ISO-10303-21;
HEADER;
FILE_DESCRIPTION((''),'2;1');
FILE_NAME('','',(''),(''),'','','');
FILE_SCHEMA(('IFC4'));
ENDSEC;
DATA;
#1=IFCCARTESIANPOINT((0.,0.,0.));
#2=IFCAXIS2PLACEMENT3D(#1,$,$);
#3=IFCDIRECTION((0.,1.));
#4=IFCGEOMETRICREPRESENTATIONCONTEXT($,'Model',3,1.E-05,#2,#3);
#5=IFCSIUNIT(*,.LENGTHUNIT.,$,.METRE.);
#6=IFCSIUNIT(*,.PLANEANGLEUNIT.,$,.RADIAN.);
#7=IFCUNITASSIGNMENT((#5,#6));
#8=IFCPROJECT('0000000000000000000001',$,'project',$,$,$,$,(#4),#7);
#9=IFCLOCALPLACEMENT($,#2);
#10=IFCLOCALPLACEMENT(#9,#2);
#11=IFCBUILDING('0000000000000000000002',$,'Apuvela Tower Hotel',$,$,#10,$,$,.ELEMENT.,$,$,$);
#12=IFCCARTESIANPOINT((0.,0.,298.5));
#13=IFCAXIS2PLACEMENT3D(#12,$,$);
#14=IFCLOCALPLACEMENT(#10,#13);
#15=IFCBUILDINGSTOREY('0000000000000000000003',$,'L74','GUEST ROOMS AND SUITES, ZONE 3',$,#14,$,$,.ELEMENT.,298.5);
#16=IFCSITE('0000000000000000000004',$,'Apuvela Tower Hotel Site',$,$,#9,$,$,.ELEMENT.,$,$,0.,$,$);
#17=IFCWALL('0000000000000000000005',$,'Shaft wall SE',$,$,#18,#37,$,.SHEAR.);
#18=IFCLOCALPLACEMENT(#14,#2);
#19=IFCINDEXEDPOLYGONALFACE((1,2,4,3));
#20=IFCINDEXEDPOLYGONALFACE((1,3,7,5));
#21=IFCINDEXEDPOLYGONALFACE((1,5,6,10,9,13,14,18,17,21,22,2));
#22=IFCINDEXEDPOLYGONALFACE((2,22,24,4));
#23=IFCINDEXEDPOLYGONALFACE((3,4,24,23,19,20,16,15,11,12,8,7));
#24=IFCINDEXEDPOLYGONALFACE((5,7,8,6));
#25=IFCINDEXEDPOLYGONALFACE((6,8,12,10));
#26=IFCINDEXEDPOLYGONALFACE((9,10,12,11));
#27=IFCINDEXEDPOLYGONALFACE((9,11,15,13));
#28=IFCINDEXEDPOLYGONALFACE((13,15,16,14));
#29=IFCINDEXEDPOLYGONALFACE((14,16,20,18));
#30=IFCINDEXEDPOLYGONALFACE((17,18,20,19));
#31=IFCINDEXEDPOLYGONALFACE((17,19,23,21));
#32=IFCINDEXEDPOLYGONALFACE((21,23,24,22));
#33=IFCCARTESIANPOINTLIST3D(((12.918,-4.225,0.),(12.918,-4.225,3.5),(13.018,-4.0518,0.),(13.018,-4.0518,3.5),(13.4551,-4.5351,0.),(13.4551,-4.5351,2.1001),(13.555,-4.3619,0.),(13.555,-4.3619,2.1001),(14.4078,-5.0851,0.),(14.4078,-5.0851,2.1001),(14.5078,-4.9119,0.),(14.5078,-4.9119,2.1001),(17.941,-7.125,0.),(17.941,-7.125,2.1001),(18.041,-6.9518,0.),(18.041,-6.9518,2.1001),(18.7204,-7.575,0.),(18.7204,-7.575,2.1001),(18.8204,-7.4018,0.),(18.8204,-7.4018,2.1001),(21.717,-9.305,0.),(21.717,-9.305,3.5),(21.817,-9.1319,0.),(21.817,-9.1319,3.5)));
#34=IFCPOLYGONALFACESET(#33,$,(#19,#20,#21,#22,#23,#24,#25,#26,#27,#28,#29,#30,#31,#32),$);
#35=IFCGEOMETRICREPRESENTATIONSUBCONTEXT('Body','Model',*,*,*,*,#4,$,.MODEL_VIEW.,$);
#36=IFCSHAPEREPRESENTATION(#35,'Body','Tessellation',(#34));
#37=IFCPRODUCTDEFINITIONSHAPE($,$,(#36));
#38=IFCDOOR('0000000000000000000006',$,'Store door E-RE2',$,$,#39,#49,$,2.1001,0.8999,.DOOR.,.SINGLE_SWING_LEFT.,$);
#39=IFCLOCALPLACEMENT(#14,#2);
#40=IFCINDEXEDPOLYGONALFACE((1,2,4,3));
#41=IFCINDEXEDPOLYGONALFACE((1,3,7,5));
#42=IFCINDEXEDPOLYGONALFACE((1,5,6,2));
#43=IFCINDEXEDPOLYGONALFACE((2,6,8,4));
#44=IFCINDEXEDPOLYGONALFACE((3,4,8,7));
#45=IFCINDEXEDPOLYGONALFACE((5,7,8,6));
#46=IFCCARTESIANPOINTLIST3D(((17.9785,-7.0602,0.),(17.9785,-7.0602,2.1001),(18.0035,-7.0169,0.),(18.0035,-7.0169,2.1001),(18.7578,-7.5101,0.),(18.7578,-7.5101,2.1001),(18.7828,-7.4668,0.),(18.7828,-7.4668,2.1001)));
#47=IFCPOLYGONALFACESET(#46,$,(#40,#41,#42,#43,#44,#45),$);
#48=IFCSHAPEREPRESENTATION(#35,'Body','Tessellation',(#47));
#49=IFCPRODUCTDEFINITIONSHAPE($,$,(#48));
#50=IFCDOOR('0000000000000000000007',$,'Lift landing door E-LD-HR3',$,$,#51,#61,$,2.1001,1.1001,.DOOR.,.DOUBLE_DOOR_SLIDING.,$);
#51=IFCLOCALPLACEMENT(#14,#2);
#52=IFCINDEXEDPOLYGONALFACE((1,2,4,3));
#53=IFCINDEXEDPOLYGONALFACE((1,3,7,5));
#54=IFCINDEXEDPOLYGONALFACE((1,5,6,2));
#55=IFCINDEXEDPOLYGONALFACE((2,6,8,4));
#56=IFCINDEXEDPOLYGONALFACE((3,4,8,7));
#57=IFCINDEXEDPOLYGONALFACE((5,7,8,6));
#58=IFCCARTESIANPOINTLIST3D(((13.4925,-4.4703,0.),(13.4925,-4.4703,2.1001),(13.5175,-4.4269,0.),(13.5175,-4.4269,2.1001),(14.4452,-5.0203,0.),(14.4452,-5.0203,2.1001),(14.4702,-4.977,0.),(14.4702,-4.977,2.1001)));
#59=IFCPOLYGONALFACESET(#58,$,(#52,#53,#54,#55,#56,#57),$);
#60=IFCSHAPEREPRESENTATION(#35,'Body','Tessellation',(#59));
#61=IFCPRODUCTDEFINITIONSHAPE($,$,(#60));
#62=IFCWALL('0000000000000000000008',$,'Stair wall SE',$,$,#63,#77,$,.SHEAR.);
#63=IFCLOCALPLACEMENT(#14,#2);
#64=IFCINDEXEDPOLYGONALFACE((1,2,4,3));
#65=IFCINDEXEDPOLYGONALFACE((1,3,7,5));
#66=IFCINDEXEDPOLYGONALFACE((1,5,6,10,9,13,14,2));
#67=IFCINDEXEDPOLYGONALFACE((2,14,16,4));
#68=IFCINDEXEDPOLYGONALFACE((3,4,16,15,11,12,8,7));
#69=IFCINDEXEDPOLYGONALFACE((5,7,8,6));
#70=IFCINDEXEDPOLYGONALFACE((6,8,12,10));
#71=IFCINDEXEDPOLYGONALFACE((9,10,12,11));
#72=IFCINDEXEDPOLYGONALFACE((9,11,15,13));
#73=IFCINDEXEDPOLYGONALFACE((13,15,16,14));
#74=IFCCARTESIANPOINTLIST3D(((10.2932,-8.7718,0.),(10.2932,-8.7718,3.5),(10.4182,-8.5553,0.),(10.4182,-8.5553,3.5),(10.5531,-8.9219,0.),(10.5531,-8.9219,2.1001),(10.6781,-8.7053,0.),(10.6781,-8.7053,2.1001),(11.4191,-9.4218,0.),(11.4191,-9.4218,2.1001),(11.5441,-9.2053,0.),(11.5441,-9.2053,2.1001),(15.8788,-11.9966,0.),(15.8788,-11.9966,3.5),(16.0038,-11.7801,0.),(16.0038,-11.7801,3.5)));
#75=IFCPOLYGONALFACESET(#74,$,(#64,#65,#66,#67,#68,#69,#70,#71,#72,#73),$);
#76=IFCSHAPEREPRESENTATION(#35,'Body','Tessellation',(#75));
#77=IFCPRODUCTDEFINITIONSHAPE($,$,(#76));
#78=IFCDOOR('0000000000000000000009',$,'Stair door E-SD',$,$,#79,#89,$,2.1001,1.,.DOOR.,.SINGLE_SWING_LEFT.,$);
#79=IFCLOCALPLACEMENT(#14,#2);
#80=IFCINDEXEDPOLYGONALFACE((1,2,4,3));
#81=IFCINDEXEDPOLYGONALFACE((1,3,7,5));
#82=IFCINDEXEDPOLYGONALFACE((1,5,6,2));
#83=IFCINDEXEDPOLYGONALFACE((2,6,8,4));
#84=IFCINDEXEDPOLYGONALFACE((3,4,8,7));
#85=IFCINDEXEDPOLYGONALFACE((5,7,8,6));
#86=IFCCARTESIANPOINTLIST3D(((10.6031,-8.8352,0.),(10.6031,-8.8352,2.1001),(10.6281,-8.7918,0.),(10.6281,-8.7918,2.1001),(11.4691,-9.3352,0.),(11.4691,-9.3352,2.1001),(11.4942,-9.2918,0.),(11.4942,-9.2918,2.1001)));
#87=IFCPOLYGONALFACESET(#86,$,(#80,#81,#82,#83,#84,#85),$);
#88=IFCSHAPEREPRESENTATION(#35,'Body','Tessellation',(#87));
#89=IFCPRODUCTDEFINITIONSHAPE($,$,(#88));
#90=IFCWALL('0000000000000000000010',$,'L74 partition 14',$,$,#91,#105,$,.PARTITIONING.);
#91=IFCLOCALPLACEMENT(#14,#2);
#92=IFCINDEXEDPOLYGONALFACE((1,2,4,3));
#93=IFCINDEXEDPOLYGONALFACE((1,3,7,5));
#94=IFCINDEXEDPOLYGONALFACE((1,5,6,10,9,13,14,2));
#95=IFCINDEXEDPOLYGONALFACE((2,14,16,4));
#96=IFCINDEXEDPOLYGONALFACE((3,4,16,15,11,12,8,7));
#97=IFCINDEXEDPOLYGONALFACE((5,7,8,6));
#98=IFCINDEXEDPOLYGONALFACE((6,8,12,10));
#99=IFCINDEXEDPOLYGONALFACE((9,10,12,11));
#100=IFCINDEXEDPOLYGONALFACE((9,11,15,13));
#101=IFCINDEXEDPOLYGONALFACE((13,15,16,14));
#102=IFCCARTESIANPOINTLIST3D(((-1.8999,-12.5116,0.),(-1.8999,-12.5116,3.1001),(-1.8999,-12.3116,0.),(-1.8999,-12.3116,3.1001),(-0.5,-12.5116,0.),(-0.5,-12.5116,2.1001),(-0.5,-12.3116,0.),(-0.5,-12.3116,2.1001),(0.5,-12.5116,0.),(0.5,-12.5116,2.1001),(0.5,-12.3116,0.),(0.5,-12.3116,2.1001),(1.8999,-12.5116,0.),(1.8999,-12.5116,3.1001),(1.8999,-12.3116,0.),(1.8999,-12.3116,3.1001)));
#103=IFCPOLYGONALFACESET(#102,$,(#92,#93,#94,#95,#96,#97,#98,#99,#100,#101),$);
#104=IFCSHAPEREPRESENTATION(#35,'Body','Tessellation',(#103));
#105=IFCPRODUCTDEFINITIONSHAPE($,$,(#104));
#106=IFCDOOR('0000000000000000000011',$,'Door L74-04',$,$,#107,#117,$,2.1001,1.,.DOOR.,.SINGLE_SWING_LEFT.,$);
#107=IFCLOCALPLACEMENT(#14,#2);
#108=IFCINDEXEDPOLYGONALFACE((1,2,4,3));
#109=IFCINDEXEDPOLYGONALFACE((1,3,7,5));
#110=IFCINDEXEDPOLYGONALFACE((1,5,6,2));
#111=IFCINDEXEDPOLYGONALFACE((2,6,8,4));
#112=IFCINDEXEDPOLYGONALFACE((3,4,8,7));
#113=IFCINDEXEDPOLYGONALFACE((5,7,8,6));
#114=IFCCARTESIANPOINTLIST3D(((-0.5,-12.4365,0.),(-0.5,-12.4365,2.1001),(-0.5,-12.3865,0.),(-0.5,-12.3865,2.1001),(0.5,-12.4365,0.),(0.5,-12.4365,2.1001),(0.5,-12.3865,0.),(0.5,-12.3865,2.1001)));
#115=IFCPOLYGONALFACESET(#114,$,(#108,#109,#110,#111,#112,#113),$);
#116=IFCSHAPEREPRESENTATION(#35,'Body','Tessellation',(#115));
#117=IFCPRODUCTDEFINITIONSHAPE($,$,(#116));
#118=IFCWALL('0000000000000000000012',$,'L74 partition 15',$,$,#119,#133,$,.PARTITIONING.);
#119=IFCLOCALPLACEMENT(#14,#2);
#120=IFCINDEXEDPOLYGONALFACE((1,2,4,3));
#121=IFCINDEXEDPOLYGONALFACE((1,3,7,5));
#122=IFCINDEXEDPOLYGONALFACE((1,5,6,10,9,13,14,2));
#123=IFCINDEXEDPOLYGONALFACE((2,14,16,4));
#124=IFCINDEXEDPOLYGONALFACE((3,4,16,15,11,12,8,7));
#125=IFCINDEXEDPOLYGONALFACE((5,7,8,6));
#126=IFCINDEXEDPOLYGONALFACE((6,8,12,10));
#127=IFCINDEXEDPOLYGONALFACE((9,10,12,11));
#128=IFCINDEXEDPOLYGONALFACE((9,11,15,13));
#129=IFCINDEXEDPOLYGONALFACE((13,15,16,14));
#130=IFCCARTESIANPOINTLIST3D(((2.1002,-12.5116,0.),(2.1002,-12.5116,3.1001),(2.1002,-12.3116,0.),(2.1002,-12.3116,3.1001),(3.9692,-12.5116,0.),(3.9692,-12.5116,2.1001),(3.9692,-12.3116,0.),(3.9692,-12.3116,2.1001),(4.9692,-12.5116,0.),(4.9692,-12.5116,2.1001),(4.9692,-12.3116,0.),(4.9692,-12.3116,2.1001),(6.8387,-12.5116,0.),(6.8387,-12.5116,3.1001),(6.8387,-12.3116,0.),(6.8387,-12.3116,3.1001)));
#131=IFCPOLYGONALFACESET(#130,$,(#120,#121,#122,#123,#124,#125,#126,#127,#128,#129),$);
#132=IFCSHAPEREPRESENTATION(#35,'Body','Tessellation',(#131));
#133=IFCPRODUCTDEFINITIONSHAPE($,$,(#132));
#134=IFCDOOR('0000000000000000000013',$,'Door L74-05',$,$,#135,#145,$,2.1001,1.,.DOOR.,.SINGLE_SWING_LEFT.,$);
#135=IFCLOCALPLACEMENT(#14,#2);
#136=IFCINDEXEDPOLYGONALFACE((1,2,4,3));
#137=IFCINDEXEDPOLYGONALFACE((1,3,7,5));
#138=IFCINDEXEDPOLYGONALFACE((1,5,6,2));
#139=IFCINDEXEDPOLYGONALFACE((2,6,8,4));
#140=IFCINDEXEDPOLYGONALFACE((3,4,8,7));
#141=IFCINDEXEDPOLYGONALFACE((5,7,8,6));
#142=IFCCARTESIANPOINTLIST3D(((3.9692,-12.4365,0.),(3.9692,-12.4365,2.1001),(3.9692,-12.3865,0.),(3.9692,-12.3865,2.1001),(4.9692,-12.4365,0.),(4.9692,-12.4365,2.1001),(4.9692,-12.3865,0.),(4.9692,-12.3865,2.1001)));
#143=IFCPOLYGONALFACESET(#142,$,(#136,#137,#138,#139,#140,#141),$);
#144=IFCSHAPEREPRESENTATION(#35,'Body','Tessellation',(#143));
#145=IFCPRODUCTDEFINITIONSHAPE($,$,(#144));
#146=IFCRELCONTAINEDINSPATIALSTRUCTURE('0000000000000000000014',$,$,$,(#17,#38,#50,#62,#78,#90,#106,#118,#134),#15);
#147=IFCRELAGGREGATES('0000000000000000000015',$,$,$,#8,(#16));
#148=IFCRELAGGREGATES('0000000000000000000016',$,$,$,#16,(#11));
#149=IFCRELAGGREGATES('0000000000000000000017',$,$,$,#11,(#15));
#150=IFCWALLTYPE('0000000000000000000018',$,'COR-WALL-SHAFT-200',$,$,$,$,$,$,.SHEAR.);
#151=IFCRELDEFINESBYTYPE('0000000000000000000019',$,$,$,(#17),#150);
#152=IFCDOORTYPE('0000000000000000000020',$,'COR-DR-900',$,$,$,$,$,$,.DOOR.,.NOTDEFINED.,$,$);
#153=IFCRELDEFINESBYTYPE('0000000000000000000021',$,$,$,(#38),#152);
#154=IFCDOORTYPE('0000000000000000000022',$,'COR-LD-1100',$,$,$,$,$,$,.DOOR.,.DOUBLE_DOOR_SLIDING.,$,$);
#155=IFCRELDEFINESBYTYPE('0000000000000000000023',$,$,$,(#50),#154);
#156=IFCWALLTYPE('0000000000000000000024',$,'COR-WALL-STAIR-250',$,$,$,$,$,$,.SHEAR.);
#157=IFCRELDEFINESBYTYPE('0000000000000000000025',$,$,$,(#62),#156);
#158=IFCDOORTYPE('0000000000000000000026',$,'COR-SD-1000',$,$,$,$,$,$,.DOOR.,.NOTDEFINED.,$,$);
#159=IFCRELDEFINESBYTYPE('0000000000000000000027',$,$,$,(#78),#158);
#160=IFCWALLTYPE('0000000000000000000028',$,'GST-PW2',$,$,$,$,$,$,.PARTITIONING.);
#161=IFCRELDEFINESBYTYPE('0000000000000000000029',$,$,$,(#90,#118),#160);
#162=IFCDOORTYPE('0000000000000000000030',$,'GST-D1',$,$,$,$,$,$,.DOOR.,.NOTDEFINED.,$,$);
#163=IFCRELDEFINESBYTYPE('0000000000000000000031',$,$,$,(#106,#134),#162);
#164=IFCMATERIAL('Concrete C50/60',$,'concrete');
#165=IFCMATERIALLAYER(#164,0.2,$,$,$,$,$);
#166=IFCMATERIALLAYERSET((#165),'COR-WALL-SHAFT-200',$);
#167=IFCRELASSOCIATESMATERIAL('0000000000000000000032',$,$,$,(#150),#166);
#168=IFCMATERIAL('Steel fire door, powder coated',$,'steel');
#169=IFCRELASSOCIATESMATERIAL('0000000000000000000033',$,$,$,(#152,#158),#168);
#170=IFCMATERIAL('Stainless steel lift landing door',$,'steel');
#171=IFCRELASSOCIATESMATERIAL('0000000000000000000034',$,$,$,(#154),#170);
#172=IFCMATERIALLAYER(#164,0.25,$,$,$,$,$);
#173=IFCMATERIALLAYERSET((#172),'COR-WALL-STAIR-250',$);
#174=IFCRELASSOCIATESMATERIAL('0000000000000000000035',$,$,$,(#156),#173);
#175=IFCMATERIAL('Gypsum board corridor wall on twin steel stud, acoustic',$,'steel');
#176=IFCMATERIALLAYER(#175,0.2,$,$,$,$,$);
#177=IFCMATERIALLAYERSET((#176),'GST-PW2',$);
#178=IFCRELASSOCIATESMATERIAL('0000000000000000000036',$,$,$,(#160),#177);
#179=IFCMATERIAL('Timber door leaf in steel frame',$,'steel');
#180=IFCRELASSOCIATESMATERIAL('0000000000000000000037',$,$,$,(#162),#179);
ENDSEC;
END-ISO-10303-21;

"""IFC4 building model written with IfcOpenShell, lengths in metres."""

from ifc_helpers import new_model, si_unit, direction, frame, frame_2d, origin, place, context, subcontext, project, spatial, rectangle, extrude, material, layer, layer_set, type_object, element, fill, save


model = new_model("IFC4")

# Units and contexts
model_context = context("Model", 3, precision=1e-05, world=origin(), true_north=direction((0.0, 1.0)))
body_context = subcontext(model_context, "Body", "Model", "MODEL_VIEW")
ifc_project = project(units=[si_unit("LENGTHUNIT", "METRE"), si_unit("PLANEANGLEUNIT", "RADIAN")], contexts=[model_context])

# Site, building, storey
site_placement = place(None, origin())
site = spatial("IfcSite", under=ifc_project, at=site_placement, Name="Apuvela Tower Hotel Site", CompositionType="ELEMENT", RefElevation=0.0)
building_placement = place(site_placement, origin())
building = spatial("IfcBuilding", under=site, at=building_placement, Name="Apuvela Tower Hotel", CompositionType="ELEMENT")
storey_placement = place(building_placement, frame((0.0, 0.0, 298.5)))
storey = spatial("IfcBuildingStorey", under=building, at=storey_placement, Name="L74", Description="GUEST ROOMS AND SUITES, ZONE 3", CompositionType="ELEMENT", Elevation=298.5)

# Shared definitions
ifc_material_1 = material(Name="Concrete C50/60", Category="concrete")
ifc_material_2 = material(Name="Steel fire door, powder coated", Category="steel")

# Shared definitions
ifc_layer_1 = layer(ifc_material_1, 0.2)
ifc_layer_set_1 = layer_set([ifc_layer_1], Name="COR-WALL-SHAFT-200")
wall_type_1 = type_object("IfcWallType", Name="COR-WALL-SHAFT-200", PredefinedType="SHEAR", material=ifc_layer_set_1)
ifc_material_3 = material(Name="Stainless steel lift landing door", Category="steel")

# Wall, openings, doors
wall_1_placement = place(storey_placement, frame((12.968, -4.1384, 0.0), z_axis=(0.0, 0.0, 1.0), x_axis=(0.866028, -0.499995, 0.0)))
wall_1 = element("IfcWall", 1, at=wall_1_placement, inside=storey, type_object=wall_type_1, Name="Shaft wall SE", PredefinedType="SHEAR", context=body_context, shape_type="SweptSolid", body=[
    extrude(rectangle(XDim=10.1602, YDim=0.2, at=frame_2d((5.0801, 0.0))), origin(), (0.0, 0.0, 1.0), 3.5),
])
opening_1_placement = place(wall_1_placement, frame((0.6201, 0.0, 0.0)))
opening_1 = element("IfcOpeningElement", 2, at=opening_1_placement, cuts=wall_1, PredefinedType="OPENING", context=body_context, shape_type="SweptSolid", body=[
    extrude(rectangle(XDim=1.1001, YDim=2.1001, at=frame_2d((0.55, 1.05))), frame((0.0, 0.1099, 0.0), z_axis=(0.0, -1.0, 0.0), x_axis=(1.0, 0.0, 0.0)), (0.0, 0.0, 1.0), 0.22),
])
opening_2_placement = place(wall_1_placement, frame((5.8, 0.0, 0.0)))
opening_2 = element("IfcOpeningElement", 3, at=opening_2_placement, cuts=wall_1, PredefinedType="OPENING", context=body_context, shape_type="SweptSolid", body=[
    extrude(rectangle(XDim=0.8999, YDim=2.1001, at=frame_2d((0.45, 1.05))), frame((0.0, 0.1099, 0.0), z_axis=(0.0, -1.0, 0.0), x_axis=(1.0, 0.0, 0.0)), (0.0, 0.0, 1.0), 0.22),
])
door_type_1 = type_object("IfcDoorType", Name="COR-DR-900", OperationType="NOTDEFINED", PredefinedType="DOOR", material=ifc_material_2)
door_1_placement = place(opening_2_placement, origin())
door_1 = element("IfcDoor", 4, at=door_1_placement, inside=storey, type_object=door_type_1, Name="Store door E-RE2", OperationType="SINGLE_SWING_LEFT", OverallHeight=2.1001, OverallWidth=0.8999, PredefinedType="DOOR", context=body_context, shape_type="SweptSolid", body=[
    extrude(rectangle(XDim=0.8999, YDim=2.1001, at=frame_2d((0.45, 1.05))), frame((0.0, 0.0249, 0.0), z_axis=(0.0, -1.0, 0.0), x_axis=(1.0, 0.0, 0.0)), (0.0, 0.0, 1.0), 0.05),
])
fill(opening_2, door_1)
door_type_2 = type_object("IfcDoorType", Name="COR-LD-1100", OperationType="DOUBLE_DOOR_SLIDING", PredefinedType="DOOR", material=ifc_material_3)
door_2_placement = place(opening_1_placement, origin())
door_2 = element("IfcDoor", 5, at=door_2_placement, inside=storey, type_object=door_type_2, Name="Lift landing door E-LD-HR3", OperationType="DOUBLE_DOOR_SLIDING", OverallHeight=2.1001, OverallWidth=1.1001, PredefinedType="DOOR", context=body_context, shape_type="SweptSolid", body=[
    extrude(rectangle(XDim=1.1001, YDim=2.1001, at=frame_2d((0.55, 1.05))), frame((0.0, 0.0249, 0.0), z_axis=(0.0, -1.0, 0.0), x_axis=(1.0, 0.0, 0.0)), (0.0, 0.0, 1.0), 0.05),
])
fill(opening_1, door_2)

# Walls, openings, doors
ifc_layer_2 = layer(ifc_material_1, 0.25)
ifc_layer_set_2 = layer_set([ifc_layer_2], Name="COR-WALL-STAIR-250")
wall_type_2 = type_object("IfcWallType", Name="COR-WALL-STAIR-250", PredefinedType="SHEAR", material=ifc_layer_set_2)
wall_2_placement = place(storey_placement, frame((10.3557, -8.6636, 0.0), z_axis=(0.0, 0.0, 1.0), x_axis=(0.866029, -0.499994, 0.0)))
wall_2 = element("IfcWall", 6, at=wall_2_placement, inside=storey, type_object=wall_type_2, Name="Stair wall SE", PredefinedType="SHEAR", context=body_context, shape_type="SweptSolid", body=[
    extrude(rectangle(XDim=6.4497, YDim=0.25, at=frame_2d((3.2249, 0.0))), origin(), (0.0, 0.0, 1.0), 3.5),
])
opening_3_placement = place(wall_2_placement, frame((0.3, 0.0, 0.0)))
opening_3 = element("IfcOpeningElement", 7, at=opening_3_placement, cuts=wall_2, PredefinedType="OPENING", context=body_context, shape_type="SweptSolid", body=[
    extrude(rectangle(XDim=1.0, YDim=2.1001, at=frame_2d((0.5, 1.05))), frame((0.0, 0.135, 0.0), z_axis=(0.0, -1.0, 0.0), x_axis=(1.0, 0.0, 0.0)), (0.0, 0.0, 1.0), 0.27),
])
door_type_3 = type_object("IfcDoorType", Name="COR-SD-1000", OperationType="NOTDEFINED", PredefinedType="DOOR", material=ifc_material_2)
door_3_placement = place(opening_3_placement, frame((1.0, 0.0, 0.0), z_axis=(0.0, 0.0, 1.0), x_axis=(-1.0, 0.0, 0.0)))
door_3 = element("IfcDoor", 8, at=door_3_placement, inside=storey, type_object=door_type_3, Name="Stair door E-SD", OperationType="SINGLE_SWING_LEFT", OverallHeight=2.1001, OverallWidth=1.0, PredefinedType="DOOR", context=body_context, shape_type="SweptSolid", body=[
    extrude(rectangle(XDim=1.0, YDim=2.1001, at=frame_2d((0.5, 1.05))), frame((0.0, 0.0249, 0.0), z_axis=(0.0, -1.0, 0.0), x_axis=(1.0, 0.0, 0.0)), (0.0, 0.0, 1.0), 0.05),
])
fill(opening_3, door_3)
ifc_material_4 = material(Name="Gypsum board corridor wall on twin steel stud, acoustic", Category="steel")
ifc_layer_3 = layer(ifc_material_4, 0.2)
ifc_layer_set_3 = layer_set([ifc_layer_3], Name="GST-PW2")
wall_type_3 = type_object("IfcWallType", Name="GST-PW2", PredefinedType="PARTITIONING", material=ifc_layer_set_3)
wall_3_placement = place(storey_placement, frame((1.8999, -12.4116, 0.0), z_axis=(0.0, 0.0, 1.0), x_axis=(-1.0, 0.0, 0.0)))
wall_3 = element("IfcWall", 9, at=wall_3_placement, inside=storey, type_object=wall_type_3, Name="L74 partition 14", PredefinedType="PARTITIONING", context=body_context, shape_type="SweptSolid", body=[
    extrude(rectangle(XDim=3.7998, YDim=0.2, at=frame_2d((1.8999, 0.0))), origin(), (0.0, 0.0, 1.0), 3.1001),
])
opening_4_placement = place(wall_3_placement, frame((1.3999, 0.0, 0.0)))
opening_4 = element("IfcOpeningElement", 10, at=opening_4_placement, cuts=wall_3, PredefinedType="OPENING", context=body_context, shape_type="SweptSolid", body=[
    extrude(rectangle(XDim=1.0, YDim=2.1001, at=frame_2d((0.5, 1.05))), frame((0.0, 0.1099, 0.0), z_axis=(0.0, -1.0, 0.0), x_axis=(1.0, 0.0, 0.0)), (0.0, 0.0, 1.0), 0.22),
])
ifc_material_5 = material(Name="Timber door leaf in steel frame", Category="steel")
door_type_4 = type_object("IfcDoorType", Name="GST-D1", OperationType="NOTDEFINED", PredefinedType="DOOR", material=ifc_material_5)
door_4_placement = place(opening_4_placement, origin())
door_4 = element("IfcDoor", 11, at=door_4_placement, inside=storey, type_object=door_type_4, Name="Door L74-04", OperationType="SINGLE_SWING_LEFT", OverallHeight=2.1001, OverallWidth=1.0, PredefinedType="DOOR", context=body_context, shape_type="SweptSolid", body=[
    extrude(rectangle(XDim=1.0, YDim=2.1001, at=frame_2d((0.5, 1.05))), frame((0.0, 0.0249, 0.0), z_axis=(0.0, -1.0, 0.0), x_axis=(1.0, 0.0, 0.0)), (0.0, 0.0, 1.0), 0.05),
])
fill(opening_4, door_4)
wall_4_placement = place(storey_placement, frame((6.8386, -12.4116, 0.0), z_axis=(0.0, 0.0, 1.0), x_axis=(-1.0, 0.0, 0.0)))
wall_4 = element("IfcWall", 12, at=wall_4_placement, inside=storey, type_object=wall_type_3, Name="L74 partition 15", PredefinedType="PARTITIONING", context=body_context, shape_type="SweptSolid", body=[
    extrude(rectangle(XDim=4.7385, YDim=0.2, at=frame_2d((2.3691, 0.0))), origin(), (0.0, 0.0, 1.0), 3.1001),
])
opening_5_placement = place(wall_4_placement, frame((1.8694, 0.0, 0.0)))
opening_5 = element("IfcOpeningElement", 13, at=opening_5_placement, cuts=wall_4, PredefinedType="OPENING", context=body_context, shape_type="SweptSolid", body=[
    extrude(rectangle(XDim=1.0, YDim=2.1001, at=frame_2d((0.5, 1.05))), frame((0.0, 0.1099, 0.0), z_axis=(0.0, -1.0, 0.0), x_axis=(1.0, 0.0, 0.0)), (0.0, 0.0, 1.0), 0.22),
])
door_5_placement = place(opening_5_placement, origin())
door_5 = element("IfcDoor", 14, at=door_5_placement, inside=storey, type_object=door_type_4, Name="Door L74-05", OperationType="SINGLE_SWING_LEFT", OverallHeight=2.1001, OverallWidth=1.0, PredefinedType="DOOR", context=body_context, shape_type="SweptSolid", body=[
    extrude(rectangle(XDim=1.0, YDim=2.1001, at=frame_2d((0.5, 1.05))), frame((0.0, 0.0249, 0.0), z_axis=(0.0, -1.0, 0.0), x_axis=(1.0, 0.0, 0.0)), (0.0, 0.0, 1.0), 0.05),
])
fill(opening_5, door_5)

save(model, "model.ifc")
